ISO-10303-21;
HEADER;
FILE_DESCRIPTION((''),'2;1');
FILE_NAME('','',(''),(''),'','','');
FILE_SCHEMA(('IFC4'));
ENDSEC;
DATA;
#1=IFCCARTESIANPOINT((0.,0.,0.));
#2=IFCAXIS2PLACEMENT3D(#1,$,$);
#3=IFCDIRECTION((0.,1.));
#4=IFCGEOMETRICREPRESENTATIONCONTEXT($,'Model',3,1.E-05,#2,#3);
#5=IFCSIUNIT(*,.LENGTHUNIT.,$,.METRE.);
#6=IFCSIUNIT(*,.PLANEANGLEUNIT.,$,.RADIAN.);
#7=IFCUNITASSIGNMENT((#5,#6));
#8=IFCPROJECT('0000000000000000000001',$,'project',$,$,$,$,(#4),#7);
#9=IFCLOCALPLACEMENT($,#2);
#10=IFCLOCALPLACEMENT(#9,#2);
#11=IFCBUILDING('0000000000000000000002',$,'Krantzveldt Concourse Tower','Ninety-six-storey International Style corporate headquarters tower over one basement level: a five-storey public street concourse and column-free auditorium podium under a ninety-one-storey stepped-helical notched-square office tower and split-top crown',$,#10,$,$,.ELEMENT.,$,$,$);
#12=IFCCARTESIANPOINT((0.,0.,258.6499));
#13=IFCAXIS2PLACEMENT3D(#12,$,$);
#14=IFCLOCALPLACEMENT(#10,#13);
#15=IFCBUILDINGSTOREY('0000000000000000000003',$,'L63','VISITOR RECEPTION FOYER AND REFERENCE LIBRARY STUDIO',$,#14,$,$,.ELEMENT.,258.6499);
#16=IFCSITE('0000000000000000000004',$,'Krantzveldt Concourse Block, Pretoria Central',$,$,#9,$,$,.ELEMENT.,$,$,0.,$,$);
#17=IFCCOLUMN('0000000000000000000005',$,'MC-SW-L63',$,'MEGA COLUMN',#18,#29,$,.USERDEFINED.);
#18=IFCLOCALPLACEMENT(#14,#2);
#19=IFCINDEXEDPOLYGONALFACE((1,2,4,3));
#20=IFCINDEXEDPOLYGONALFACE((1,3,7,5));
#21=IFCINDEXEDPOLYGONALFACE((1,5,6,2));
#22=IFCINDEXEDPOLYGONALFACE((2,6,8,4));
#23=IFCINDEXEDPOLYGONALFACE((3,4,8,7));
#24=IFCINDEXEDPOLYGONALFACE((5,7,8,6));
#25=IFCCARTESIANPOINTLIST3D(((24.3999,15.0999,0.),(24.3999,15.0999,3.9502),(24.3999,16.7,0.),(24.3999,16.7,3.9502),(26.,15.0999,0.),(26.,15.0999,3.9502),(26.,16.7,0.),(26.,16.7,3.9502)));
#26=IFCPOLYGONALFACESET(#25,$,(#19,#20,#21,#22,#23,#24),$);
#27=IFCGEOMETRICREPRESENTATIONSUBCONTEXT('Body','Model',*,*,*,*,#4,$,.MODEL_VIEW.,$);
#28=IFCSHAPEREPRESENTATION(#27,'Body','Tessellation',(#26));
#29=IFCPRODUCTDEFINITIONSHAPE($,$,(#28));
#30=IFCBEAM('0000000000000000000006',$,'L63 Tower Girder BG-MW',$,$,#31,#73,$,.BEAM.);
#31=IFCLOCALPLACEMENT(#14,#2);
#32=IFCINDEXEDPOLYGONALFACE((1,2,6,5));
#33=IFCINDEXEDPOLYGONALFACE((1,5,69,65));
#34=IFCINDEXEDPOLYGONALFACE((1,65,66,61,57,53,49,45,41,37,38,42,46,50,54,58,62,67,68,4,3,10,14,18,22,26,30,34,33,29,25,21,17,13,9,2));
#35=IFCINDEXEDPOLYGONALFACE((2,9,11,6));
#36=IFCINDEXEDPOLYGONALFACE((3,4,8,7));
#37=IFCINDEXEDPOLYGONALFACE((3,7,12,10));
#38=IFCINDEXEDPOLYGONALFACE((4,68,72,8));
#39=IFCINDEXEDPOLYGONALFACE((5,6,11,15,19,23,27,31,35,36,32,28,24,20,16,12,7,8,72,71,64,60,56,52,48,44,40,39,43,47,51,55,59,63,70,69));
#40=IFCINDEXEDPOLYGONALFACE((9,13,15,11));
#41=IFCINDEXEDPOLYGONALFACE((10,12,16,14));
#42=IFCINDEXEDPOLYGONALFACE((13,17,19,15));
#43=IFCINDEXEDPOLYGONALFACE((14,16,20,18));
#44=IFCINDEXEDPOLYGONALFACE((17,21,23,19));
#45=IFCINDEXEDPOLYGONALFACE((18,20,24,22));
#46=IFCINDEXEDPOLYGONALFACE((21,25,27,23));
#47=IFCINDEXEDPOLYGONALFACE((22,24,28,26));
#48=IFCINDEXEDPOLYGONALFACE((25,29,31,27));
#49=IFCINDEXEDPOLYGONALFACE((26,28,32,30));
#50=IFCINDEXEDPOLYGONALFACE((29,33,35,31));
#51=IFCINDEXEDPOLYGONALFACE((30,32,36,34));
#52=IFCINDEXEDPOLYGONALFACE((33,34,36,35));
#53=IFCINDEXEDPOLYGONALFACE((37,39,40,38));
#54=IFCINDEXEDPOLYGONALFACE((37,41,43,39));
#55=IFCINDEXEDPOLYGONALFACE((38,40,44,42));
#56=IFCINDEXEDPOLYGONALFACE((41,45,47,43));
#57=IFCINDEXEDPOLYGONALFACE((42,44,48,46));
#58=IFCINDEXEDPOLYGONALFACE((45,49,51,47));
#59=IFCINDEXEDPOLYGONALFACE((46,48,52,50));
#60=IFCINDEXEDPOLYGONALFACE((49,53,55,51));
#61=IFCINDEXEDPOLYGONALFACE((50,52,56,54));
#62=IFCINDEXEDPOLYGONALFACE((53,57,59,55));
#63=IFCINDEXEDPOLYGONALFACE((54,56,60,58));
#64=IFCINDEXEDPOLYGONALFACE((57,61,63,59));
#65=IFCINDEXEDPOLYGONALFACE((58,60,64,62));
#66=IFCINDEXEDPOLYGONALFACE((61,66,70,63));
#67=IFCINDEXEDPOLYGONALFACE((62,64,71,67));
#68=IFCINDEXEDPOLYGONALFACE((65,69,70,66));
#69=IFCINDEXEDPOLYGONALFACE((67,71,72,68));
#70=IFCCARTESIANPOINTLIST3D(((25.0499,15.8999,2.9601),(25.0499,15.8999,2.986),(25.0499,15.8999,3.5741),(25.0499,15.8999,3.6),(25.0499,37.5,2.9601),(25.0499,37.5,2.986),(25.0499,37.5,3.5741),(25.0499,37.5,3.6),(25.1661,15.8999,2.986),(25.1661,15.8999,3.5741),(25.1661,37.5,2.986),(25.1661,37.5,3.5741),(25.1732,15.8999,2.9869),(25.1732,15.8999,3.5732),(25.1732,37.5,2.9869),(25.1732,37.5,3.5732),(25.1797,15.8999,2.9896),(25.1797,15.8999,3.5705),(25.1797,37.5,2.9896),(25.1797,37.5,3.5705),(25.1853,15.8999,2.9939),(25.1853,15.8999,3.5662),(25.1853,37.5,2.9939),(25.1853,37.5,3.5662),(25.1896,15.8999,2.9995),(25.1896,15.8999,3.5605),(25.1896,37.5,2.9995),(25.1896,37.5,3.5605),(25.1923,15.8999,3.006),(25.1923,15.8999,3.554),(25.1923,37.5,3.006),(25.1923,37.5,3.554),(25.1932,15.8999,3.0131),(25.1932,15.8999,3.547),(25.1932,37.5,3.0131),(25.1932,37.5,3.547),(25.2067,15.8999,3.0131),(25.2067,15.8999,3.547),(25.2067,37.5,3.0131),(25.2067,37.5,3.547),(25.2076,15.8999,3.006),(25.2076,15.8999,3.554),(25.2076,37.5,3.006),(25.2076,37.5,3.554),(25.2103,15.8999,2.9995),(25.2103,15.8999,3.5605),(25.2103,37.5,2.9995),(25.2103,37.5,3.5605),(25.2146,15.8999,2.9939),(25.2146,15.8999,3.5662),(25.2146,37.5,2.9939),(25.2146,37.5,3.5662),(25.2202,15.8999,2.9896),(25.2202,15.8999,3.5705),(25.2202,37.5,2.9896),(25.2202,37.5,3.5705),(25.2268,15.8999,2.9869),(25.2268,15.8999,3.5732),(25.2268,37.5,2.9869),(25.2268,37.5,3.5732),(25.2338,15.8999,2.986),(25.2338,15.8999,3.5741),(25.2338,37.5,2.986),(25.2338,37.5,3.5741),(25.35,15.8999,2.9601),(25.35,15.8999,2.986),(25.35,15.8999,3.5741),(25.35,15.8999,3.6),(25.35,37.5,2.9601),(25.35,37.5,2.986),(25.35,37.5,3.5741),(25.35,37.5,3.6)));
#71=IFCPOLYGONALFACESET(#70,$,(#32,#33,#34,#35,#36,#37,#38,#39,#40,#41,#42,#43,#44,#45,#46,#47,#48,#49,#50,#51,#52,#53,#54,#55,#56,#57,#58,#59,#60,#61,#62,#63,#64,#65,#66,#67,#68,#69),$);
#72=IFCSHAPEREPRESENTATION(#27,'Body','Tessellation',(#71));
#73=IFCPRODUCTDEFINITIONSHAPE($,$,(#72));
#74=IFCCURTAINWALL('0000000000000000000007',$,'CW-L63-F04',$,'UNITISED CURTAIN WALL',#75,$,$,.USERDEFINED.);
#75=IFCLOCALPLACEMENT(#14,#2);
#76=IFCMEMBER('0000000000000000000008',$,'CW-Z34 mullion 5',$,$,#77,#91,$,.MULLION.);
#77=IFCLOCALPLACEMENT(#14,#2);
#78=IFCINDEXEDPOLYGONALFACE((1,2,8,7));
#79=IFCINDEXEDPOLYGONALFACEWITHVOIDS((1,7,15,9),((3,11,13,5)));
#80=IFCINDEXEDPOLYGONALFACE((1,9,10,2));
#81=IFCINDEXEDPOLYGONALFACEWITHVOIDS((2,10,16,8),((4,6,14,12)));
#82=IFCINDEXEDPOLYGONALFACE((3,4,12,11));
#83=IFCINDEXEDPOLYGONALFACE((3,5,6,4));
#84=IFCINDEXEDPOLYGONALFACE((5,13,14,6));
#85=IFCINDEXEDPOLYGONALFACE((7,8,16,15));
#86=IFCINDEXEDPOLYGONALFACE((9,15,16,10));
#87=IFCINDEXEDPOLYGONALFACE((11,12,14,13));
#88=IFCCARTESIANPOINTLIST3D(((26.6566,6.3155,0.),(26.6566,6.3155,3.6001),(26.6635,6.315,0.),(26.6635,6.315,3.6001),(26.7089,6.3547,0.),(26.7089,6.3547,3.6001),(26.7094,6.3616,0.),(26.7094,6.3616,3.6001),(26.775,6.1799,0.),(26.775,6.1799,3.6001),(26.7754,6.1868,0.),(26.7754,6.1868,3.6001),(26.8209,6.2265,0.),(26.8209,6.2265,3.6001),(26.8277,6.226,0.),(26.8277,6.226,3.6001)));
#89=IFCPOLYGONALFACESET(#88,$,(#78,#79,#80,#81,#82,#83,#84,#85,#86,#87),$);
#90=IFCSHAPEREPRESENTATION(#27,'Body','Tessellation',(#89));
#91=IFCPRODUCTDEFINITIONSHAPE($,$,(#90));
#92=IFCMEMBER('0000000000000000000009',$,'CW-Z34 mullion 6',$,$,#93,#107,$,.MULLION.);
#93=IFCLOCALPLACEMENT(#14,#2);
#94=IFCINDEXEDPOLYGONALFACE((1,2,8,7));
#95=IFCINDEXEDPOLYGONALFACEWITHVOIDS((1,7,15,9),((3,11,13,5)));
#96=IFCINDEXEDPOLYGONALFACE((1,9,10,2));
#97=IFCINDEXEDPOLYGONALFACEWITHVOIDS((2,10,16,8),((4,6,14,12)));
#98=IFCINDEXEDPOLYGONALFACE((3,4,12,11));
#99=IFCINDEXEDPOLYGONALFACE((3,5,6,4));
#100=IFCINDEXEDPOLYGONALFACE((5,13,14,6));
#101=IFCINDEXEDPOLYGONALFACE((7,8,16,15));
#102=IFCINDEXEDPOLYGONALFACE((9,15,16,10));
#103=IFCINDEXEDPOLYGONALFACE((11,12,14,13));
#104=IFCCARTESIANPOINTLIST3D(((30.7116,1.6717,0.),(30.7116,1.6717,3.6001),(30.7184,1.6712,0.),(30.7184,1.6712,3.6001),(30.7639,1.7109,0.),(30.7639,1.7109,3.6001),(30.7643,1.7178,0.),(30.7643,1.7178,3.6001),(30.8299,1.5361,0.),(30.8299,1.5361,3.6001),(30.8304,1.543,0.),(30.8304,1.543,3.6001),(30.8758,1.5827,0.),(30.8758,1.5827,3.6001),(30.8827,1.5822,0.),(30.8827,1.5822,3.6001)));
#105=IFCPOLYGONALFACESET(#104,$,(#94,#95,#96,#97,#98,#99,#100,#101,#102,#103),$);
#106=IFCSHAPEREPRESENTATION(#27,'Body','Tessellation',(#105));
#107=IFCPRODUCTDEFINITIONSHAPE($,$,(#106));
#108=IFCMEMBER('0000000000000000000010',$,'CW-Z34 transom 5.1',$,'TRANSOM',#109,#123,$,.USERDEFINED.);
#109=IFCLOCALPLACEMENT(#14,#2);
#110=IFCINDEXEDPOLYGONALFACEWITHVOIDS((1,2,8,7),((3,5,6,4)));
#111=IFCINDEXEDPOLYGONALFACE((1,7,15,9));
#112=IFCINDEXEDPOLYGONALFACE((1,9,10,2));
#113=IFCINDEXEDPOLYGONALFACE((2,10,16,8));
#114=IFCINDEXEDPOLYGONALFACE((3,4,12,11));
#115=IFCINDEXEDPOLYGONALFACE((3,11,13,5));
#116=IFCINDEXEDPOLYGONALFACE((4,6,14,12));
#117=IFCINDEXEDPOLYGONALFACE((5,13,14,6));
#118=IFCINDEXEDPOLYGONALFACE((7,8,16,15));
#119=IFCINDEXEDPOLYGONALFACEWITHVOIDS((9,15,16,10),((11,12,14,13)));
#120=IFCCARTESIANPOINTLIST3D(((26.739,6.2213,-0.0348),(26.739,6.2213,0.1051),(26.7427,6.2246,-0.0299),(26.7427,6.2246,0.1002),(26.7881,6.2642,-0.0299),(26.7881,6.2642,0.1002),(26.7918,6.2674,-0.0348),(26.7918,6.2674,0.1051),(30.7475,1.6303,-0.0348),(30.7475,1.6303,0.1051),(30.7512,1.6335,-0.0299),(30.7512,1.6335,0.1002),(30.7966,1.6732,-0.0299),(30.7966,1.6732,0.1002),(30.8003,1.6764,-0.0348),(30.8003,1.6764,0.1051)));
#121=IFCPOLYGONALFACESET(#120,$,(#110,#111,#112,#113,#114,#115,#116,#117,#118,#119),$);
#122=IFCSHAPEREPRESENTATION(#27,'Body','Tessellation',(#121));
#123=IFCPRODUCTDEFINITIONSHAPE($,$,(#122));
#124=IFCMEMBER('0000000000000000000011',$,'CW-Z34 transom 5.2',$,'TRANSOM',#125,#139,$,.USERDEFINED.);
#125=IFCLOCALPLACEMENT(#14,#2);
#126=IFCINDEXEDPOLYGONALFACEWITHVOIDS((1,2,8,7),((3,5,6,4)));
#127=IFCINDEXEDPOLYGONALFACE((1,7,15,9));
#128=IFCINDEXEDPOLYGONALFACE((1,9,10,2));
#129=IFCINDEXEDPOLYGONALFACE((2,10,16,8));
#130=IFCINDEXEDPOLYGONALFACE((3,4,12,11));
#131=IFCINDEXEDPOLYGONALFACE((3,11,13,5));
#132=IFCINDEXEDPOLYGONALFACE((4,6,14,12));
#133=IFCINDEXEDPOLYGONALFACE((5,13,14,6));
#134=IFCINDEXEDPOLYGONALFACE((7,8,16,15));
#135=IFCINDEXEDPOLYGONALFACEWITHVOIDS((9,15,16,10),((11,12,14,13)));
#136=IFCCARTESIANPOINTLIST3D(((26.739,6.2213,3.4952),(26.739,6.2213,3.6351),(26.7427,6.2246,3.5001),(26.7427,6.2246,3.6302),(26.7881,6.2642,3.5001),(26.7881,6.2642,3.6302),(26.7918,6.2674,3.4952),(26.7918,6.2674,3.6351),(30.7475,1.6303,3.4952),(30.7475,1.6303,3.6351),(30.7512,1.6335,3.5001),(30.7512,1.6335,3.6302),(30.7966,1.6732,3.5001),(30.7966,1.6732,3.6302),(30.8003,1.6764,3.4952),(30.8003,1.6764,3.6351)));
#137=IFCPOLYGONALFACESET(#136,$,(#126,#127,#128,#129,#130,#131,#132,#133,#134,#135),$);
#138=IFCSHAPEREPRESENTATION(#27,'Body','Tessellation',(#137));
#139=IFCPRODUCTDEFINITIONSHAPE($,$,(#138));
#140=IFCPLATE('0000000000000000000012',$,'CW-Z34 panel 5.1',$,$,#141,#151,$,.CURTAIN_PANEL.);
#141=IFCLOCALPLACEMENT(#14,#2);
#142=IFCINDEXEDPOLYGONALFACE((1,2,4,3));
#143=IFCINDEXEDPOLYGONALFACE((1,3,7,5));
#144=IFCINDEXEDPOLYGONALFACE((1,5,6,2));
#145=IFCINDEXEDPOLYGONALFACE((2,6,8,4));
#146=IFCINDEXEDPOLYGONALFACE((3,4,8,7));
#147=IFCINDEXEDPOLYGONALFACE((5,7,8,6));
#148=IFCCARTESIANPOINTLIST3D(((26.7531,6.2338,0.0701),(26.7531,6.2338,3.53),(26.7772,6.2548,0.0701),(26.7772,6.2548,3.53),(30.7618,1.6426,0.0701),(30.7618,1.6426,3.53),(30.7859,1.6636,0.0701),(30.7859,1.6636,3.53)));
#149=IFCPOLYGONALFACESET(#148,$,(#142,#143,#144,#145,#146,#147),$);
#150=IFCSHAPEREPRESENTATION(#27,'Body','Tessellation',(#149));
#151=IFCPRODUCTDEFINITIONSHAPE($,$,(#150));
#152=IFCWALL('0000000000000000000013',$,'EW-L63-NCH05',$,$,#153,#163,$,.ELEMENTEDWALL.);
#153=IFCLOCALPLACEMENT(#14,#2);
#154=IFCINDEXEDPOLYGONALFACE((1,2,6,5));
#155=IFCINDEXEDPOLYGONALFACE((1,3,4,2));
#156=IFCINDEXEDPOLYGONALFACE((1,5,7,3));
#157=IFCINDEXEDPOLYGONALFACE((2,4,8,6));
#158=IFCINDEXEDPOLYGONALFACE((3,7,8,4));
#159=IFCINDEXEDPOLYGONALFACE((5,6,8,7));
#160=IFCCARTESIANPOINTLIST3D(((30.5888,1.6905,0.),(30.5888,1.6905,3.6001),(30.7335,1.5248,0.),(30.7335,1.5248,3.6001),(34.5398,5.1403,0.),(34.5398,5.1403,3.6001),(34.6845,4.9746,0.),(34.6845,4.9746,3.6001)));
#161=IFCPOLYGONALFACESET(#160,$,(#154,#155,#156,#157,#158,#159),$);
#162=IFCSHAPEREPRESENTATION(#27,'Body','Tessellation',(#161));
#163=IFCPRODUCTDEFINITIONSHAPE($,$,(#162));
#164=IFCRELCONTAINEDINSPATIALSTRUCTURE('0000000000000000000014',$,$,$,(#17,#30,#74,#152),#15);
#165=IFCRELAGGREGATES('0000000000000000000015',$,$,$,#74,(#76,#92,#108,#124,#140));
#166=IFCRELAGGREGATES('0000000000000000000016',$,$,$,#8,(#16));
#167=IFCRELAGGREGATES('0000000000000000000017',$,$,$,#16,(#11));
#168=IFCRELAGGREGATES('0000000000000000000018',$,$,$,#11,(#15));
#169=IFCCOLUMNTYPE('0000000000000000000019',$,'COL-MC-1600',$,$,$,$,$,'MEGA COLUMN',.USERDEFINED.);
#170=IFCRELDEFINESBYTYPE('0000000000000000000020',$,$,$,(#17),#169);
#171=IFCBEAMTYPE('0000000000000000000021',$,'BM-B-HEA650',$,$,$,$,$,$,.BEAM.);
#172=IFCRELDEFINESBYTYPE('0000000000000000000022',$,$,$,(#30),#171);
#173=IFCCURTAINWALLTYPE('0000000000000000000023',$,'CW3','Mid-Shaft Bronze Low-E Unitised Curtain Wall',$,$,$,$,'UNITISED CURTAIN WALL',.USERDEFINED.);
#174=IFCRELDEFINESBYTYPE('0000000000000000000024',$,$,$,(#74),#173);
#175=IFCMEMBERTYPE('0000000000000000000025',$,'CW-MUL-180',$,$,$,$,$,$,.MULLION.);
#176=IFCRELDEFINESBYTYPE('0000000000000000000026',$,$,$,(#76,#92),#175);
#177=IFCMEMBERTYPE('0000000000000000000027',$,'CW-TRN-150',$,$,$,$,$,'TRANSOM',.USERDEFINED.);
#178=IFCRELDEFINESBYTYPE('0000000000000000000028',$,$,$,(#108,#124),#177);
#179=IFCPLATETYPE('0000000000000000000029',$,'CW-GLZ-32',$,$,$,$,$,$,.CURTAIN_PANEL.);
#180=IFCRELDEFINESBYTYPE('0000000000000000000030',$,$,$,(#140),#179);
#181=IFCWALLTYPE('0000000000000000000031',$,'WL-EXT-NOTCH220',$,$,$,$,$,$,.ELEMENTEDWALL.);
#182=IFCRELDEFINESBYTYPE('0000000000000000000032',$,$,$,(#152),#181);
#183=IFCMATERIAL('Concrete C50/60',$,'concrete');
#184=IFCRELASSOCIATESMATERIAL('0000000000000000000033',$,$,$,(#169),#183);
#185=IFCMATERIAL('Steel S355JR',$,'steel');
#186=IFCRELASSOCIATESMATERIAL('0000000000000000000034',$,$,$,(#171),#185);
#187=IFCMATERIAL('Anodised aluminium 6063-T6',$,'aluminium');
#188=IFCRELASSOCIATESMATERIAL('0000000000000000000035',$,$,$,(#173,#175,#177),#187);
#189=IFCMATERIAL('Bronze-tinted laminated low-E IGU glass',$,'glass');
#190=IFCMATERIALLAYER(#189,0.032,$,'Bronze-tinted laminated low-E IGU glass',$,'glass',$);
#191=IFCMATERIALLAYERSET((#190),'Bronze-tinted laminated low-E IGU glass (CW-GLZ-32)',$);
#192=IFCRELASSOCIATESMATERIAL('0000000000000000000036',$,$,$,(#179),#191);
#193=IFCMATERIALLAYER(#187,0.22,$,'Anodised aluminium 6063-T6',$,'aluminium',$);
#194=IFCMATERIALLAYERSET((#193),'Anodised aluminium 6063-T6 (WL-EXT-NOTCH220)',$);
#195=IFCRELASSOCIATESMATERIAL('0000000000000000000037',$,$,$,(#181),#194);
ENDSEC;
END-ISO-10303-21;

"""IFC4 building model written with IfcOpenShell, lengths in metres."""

from ifc_helpers import new_model, si_unit, direction, frame, frame_2d, origin, origin_2d, place, context, subcontext, project, spatial, rectangle, hollow_rectangle, i_section, extrude, source, transform, mapped, material, layer, layer_set, material_profile, profile_set, type_object, type_shapes, element, aggregate, save


model = new_model("IFC4")

# Units and contexts
model_context = context("Model", 3, precision=1e-05, world=origin(), true_north=direction((0.0, 1.0)))
body_context = subcontext(model_context, "Body", "Model", "MODEL_VIEW")
ifc_project = project(units=[si_unit("LENGTHUNIT", "METRE"), si_unit("PLANEANGLEUNIT", "RADIAN")], contexts=[model_context])

# Site, building, storey
site_placement = place(None, origin())
site = spatial("IfcSite", under=ifc_project, at=site_placement, Name="Krantzveldt Concourse Block, Pretoria Central", CompositionType="ELEMENT", RefElevation=0.0)
building_placement = place(site_placement, origin())
building = spatial("IfcBuilding", under=site, at=building_placement, Name="Krantzveldt Concourse Tower", Description="Ninety-six-storey International Style corporate headquarters tower over one basement level: a five-storey public street concourse and column-free auditorium podium under a ninety-one-storey stepped-helical notched-square office tower and split-top crown", CompositionType="ELEMENT")
storey_placement = place(building_placement, frame((0.0, 0.0, 258.6499)))
storey = spatial("IfcBuildingStorey", under=building, at=storey_placement, Name="L63", Description="VISITOR RECEPTION FOYER AND REFERENCE LIBRARY STUDIO", CompositionType="ELEMENT", Elevation=258.6499)

# Column
ifc_material_1 = material(Name="Concrete C50/60", Category="concrete")
ifc_material_profile_1 = material_profile(ifc_material_1, rectangle(XDim=1.6001, YDim=1.6001, at=origin_2d()), Name="Concrete C50/60", Category="concrete")
ifc_profile_set_1 = profile_set([ifc_material_profile_1], Name="Concrete C50/60 - RC 1600x1600")
column_type = type_object("IfcColumnType", Name="COL-MC-1600", ElementType="MEGA COLUMN", PredefinedType="USERDEFINED", material=ifc_profile_set_1)
shared_shape_1 = source(origin(), body_context, "Body", "SweptSolid", [
    extrude(rectangle(XDim=1.6001, YDim=1.6001, at=origin_2d()), origin(), (0.0, 0.0, 1.0), 3.9502),
])
type_shapes(column_type, [shared_shape_1])
column_placement = place(storey_placement, frame((25.2, 15.8999, 0.0), z_axis=(0.0, 0.0, 1.0), x_axis=(1.0, 0.0, 0.0)))
element("IfcColumn", 1, at=column_placement, inside=storey, type_object=column_type, Name="MC-SW-L63", ObjectType="MEGA COLUMN", PredefinedType="USERDEFINED", context=body_context, shape_type="MappedRepresentation", body=[
    mapped(shared_shape_1, transform((0.0, 0.0, 0.0), x_axis=(1.0, 0.0, 0.0), y_axis=(0.0, 1.0, 0.0), z_axis=(0.0, 0.0, 1.0), scale=1.0)),
])

# Beam
ifc_material_2 = material(Name="Steel S355JR", Category="steel")
ifc_material_profile_2 = material_profile(ifc_material_2, i_section(OverallWidth=0.3, OverallDepth=0.6399, WebThickness=0.0134, FlangeThickness=0.0259, FilletRadius=0.0271, at=origin_2d()), Name="Steel S355JR", Category="steel")
ifc_profile_set_2 = profile_set([ifc_material_profile_2], Name="Steel S355JR - HEA 650")
beam_type = type_object("IfcBeamType", Name="BM-B-HEA650", PredefinedType="BEAM", material=ifc_profile_set_2)
shared_shape_2 = source(origin(), body_context, "Body", "SweptSolid", [
    extrude(i_section(OverallWidth=0.3, OverallDepth=0.6399, WebThickness=0.0134, FlangeThickness=0.0259, FilletRadius=0.0271, at=origin_2d()), origin(), (0.0, 0.0, 1.0), 21.6001),
])
type_shapes(beam_type, [shared_shape_2])
beam_placement = place(storey_placement, frame((25.2, 15.8999, 3.28), z_axis=(0.0, 1.0, 0.0), x_axis=(-1.0, 0.0, 0.0)))
element("IfcBeam", 2, at=beam_placement, inside=storey, type_object=beam_type, Name="L63 Tower Girder BG-MW", PredefinedType="BEAM", context=body_context, shape_type="MappedRepresentation", body=[
    mapped(shared_shape_2, transform((0.0, 0.0, 0.0), x_axis=(1.0, 0.0, 0.0), y_axis=(0.0, 1.0, 0.0), z_axis=(0.0, 0.0, 1.0), scale=1.0)),
])

# Curtain wall, members, plate
ifc_material_3 = material(Name="Anodised aluminium 6063-T6", Category="aluminium")
curtain_wall_type = type_object("IfcCurtainWallType", Name="CW3", Description="Mid-Shaft Bronze Low-E Unitised Curtain Wall", ElementType="UNITISED CURTAIN WALL", PredefinedType="USERDEFINED", material=ifc_material_3)
curtain_wall_placement = place(storey_placement, origin())
curtain_wall = element("IfcCurtainWall", 3, at=curtain_wall_placement, inside=storey, type_object=curtain_wall_type, Name="CW-L63-F04", ObjectType="UNITISED CURTAIN WALL", PredefinedType="USERDEFINED")
ifc_material_profile_3 = material_profile(ifc_material_3, hollow_rectangle(XDim=0.0701, YDim=0.1799, WallThickness=0.0049, at=origin_2d()), Name="Anodised aluminium 6063-T6", Category="aluminium")
ifc_profile_set_3 = profile_set([ifc_material_profile_3], Name="Anodised aluminium 6063-T6 - ALU-MULL 180x70x5")
member_type_1 = type_object("IfcMemberType", Name="CW-MUL-180", PredefinedType="MULLION", material=ifc_profile_set_3)
shared_shape_3 = source(origin(), body_context, "Body", "SweptSolid", [
    extrude(hollow_rectangle(XDim=0.0701, YDim=0.1799, WallThickness=0.0049, at=origin_2d()), origin(), (0.0, 0.0, 1.0), 3.6001),
])
type_shapes(member_type_1, [shared_shape_3])
member_1_placement = place(storey_placement, frame((26.7422, 6.2708, 0.0), z_axis=(0.0, 0.0, 1.0), x_axis=(0.753277, 0.657704, 0.0)))
member_1 = element("IfcMember", 4, at=member_1_placement, type_object=member_type_1, Name="CW-Z34 mullion 5", PredefinedType="MULLION", context=body_context, shape_type="MappedRepresentation", body=[
    mapped(shared_shape_3, transform((0.0, 0.0, 0.0), x_axis=(1.0, 0.0, 0.0), y_axis=(0.0, 1.0, 0.0), z_axis=(0.0, 0.0, 1.0), scale=1.0)),
])
member_2_placement = place(storey_placement, frame((30.7971, 1.627, 0.0), z_axis=(0.0, 0.0, 1.0), x_axis=(0.753277, 0.657704, 0.0)))
member_2 = element("IfcMember", 5, at=member_2_placement, type_object=member_type_1, Name="CW-Z34 mullion 6", PredefinedType="MULLION", context=body_context, shape_type="MappedRepresentation", body=[
    mapped(shared_shape_3, transform((0.0, 0.0, 0.0), x_axis=(1.0, 0.0, 0.0), y_axis=(0.0, 1.0, 0.0), z_axis=(0.0, 0.0, 1.0), scale=1.0)),
])
ifc_material_profile_4 = material_profile(ifc_material_3, hollow_rectangle(XDim=0.0701, YDim=0.1399, WallThickness=0.0049, at=origin_2d()), Name="Anodised aluminium 6063-T6", Category="aluminium")
ifc_profile_set_4 = profile_set([ifc_material_profile_4], Name="Anodised aluminium 6063-T6 - ALU-TRAN 140x70x5")
member_type_2 = type_object("IfcMemberType", Name="CW-TRN-150", ElementType="TRANSOM", PredefinedType="USERDEFINED", material=ifc_profile_set_4)
shared_shape_4 = source(origin(), body_context, "Body", "SweptSolid", [
    extrude(hollow_rectangle(XDim=0.0701, YDim=0.1399, WallThickness=0.0049, at=origin_2d()), origin(), (0.0, 0.0, 1.0), 6.0947),
])
type_shapes(member_type_2, [shared_shape_4])
member_3_placement = place(storey_placement, frame((26.7654, 6.2444, 0.0352), z_axis=(0.657702, -0.753279, 0.0), x_axis=(0.753279, 0.657702, 0.0)))
member_3 = element("IfcMember", 6, at=member_3_placement, type_object=member_type_2, Name="CW-Z34 transom 5.1", ObjectType="TRANSOM", PredefinedType="USERDEFINED", context=body_context, shape_type="MappedRepresentation", body=[
    mapped(shared_shape_4, transform((0.0, 0.0, 0.0), x_axis=(1.0, 0.0, 0.0), y_axis=(0.0, 1.0, 0.0), z_axis=(0.0, 0.0, 1.0), scale=1.0)),
])
member_4_placement = place(storey_placement, frame((26.7654, 6.2444, 3.5652), z_axis=(0.657702, -0.753279, 0.0), x_axis=(0.753279, 0.657702, 0.0)))
member_4 = element("IfcMember", 7, at=member_4_placement, type_object=member_type_2, Name="CW-Z34 transom 5.2", ObjectType="TRANSOM", PredefinedType="USERDEFINED", context=body_context, shape_type="MappedRepresentation", body=[
    mapped(shared_shape_4, transform((0.0, 0.0, 0.0), x_axis=(1.0, 0.0, 0.0), y_axis=(0.0, 1.0, 0.0), z_axis=(0.0, 0.0, 1.0), scale=1.0)),
])
ifc_material_4 = material(Name="Bronze-tinted laminated low-E IGU glass", Category="glass")
ifc_layer_1 = layer(ifc_material_4, 0.032, Name="Bronze-tinted laminated low-E IGU glass", Category="glass")
ifc_layer_set_1 = layer_set([ifc_layer_1], Name="Bronze-tinted laminated low-E IGU glass (CW-GLZ-32)")
plate_type = type_object("IfcPlateType", Name="CW-GLZ-32", PredefinedType="CURTAIN_PANEL", material=ifc_layer_set_1)
shared_shape_5 = source(origin(), body_context, "Body", "SweptSolid", [
    extrude(rectangle(XDim=6.095, YDim=0.032, at=origin_2d()), origin(), (0.0, 0.0, 1.0), 3.46),
])
type_shapes(plate_type, [shared_shape_5])
plate_placement = place(storey_placement, frame((28.7695, 3.9487, 0.0701), z_axis=(0.0, 0.0, 1.0), x_axis=(0.657704, -0.753277, 0.0)))
plate = element("IfcPlate", 8, at=plate_placement, type_object=plate_type, Name="CW-Z34 panel 5.1", PredefinedType="CURTAIN_PANEL", context=body_context, shape_type="MappedRepresentation", body=[
    mapped(shared_shape_5, transform((0.0, 0.0, 0.0), x_axis=(1.0, 0.0, 0.0), y_axis=(0.0, 1.0, 0.0), z_axis=(0.0, 0.0, 1.0), scale=1.0)),
])
aggregate(curtain_wall, [member_1, member_2, member_3, member_4, plate])

# Wall
ifc_layer_2 = layer(ifc_material_3, 0.22, Name="Anodised aluminium 6063-T6", Category="aluminium")
ifc_layer_set_2 = layer_set([ifc_layer_2], Name="Anodised aluminium 6063-T6 (WL-EXT-NOTCH220)")
wall_type_1 = type_object("IfcWallType", Name="WL-EXT-NOTCH220", PredefinedType="ELEMENTEDWALL", material=ifc_layer_set_2)
wall_1_placement = place(storey_placement, frame((30.6611, 1.6077, 0.0), z_axis=(0.0, 0.0, 1.0), x_axis=(0.753271, 0.65771, 0.0)))
element("IfcWall", 9, at=wall_1_placement, inside=storey, type_object=wall_type_1, Name="EW-L63-NCH05", PredefinedType="ELEMENTEDWALL", context=body_context, shape_type="SweptSolid", body=[
    extrude(rectangle(XDim=5.2451, YDim=0.22, at=frame_2d((2.6226, 0.0))), origin(), (0.0, 0.0, 1.0), 3.6001),
])

save(model, "model.ifc")
